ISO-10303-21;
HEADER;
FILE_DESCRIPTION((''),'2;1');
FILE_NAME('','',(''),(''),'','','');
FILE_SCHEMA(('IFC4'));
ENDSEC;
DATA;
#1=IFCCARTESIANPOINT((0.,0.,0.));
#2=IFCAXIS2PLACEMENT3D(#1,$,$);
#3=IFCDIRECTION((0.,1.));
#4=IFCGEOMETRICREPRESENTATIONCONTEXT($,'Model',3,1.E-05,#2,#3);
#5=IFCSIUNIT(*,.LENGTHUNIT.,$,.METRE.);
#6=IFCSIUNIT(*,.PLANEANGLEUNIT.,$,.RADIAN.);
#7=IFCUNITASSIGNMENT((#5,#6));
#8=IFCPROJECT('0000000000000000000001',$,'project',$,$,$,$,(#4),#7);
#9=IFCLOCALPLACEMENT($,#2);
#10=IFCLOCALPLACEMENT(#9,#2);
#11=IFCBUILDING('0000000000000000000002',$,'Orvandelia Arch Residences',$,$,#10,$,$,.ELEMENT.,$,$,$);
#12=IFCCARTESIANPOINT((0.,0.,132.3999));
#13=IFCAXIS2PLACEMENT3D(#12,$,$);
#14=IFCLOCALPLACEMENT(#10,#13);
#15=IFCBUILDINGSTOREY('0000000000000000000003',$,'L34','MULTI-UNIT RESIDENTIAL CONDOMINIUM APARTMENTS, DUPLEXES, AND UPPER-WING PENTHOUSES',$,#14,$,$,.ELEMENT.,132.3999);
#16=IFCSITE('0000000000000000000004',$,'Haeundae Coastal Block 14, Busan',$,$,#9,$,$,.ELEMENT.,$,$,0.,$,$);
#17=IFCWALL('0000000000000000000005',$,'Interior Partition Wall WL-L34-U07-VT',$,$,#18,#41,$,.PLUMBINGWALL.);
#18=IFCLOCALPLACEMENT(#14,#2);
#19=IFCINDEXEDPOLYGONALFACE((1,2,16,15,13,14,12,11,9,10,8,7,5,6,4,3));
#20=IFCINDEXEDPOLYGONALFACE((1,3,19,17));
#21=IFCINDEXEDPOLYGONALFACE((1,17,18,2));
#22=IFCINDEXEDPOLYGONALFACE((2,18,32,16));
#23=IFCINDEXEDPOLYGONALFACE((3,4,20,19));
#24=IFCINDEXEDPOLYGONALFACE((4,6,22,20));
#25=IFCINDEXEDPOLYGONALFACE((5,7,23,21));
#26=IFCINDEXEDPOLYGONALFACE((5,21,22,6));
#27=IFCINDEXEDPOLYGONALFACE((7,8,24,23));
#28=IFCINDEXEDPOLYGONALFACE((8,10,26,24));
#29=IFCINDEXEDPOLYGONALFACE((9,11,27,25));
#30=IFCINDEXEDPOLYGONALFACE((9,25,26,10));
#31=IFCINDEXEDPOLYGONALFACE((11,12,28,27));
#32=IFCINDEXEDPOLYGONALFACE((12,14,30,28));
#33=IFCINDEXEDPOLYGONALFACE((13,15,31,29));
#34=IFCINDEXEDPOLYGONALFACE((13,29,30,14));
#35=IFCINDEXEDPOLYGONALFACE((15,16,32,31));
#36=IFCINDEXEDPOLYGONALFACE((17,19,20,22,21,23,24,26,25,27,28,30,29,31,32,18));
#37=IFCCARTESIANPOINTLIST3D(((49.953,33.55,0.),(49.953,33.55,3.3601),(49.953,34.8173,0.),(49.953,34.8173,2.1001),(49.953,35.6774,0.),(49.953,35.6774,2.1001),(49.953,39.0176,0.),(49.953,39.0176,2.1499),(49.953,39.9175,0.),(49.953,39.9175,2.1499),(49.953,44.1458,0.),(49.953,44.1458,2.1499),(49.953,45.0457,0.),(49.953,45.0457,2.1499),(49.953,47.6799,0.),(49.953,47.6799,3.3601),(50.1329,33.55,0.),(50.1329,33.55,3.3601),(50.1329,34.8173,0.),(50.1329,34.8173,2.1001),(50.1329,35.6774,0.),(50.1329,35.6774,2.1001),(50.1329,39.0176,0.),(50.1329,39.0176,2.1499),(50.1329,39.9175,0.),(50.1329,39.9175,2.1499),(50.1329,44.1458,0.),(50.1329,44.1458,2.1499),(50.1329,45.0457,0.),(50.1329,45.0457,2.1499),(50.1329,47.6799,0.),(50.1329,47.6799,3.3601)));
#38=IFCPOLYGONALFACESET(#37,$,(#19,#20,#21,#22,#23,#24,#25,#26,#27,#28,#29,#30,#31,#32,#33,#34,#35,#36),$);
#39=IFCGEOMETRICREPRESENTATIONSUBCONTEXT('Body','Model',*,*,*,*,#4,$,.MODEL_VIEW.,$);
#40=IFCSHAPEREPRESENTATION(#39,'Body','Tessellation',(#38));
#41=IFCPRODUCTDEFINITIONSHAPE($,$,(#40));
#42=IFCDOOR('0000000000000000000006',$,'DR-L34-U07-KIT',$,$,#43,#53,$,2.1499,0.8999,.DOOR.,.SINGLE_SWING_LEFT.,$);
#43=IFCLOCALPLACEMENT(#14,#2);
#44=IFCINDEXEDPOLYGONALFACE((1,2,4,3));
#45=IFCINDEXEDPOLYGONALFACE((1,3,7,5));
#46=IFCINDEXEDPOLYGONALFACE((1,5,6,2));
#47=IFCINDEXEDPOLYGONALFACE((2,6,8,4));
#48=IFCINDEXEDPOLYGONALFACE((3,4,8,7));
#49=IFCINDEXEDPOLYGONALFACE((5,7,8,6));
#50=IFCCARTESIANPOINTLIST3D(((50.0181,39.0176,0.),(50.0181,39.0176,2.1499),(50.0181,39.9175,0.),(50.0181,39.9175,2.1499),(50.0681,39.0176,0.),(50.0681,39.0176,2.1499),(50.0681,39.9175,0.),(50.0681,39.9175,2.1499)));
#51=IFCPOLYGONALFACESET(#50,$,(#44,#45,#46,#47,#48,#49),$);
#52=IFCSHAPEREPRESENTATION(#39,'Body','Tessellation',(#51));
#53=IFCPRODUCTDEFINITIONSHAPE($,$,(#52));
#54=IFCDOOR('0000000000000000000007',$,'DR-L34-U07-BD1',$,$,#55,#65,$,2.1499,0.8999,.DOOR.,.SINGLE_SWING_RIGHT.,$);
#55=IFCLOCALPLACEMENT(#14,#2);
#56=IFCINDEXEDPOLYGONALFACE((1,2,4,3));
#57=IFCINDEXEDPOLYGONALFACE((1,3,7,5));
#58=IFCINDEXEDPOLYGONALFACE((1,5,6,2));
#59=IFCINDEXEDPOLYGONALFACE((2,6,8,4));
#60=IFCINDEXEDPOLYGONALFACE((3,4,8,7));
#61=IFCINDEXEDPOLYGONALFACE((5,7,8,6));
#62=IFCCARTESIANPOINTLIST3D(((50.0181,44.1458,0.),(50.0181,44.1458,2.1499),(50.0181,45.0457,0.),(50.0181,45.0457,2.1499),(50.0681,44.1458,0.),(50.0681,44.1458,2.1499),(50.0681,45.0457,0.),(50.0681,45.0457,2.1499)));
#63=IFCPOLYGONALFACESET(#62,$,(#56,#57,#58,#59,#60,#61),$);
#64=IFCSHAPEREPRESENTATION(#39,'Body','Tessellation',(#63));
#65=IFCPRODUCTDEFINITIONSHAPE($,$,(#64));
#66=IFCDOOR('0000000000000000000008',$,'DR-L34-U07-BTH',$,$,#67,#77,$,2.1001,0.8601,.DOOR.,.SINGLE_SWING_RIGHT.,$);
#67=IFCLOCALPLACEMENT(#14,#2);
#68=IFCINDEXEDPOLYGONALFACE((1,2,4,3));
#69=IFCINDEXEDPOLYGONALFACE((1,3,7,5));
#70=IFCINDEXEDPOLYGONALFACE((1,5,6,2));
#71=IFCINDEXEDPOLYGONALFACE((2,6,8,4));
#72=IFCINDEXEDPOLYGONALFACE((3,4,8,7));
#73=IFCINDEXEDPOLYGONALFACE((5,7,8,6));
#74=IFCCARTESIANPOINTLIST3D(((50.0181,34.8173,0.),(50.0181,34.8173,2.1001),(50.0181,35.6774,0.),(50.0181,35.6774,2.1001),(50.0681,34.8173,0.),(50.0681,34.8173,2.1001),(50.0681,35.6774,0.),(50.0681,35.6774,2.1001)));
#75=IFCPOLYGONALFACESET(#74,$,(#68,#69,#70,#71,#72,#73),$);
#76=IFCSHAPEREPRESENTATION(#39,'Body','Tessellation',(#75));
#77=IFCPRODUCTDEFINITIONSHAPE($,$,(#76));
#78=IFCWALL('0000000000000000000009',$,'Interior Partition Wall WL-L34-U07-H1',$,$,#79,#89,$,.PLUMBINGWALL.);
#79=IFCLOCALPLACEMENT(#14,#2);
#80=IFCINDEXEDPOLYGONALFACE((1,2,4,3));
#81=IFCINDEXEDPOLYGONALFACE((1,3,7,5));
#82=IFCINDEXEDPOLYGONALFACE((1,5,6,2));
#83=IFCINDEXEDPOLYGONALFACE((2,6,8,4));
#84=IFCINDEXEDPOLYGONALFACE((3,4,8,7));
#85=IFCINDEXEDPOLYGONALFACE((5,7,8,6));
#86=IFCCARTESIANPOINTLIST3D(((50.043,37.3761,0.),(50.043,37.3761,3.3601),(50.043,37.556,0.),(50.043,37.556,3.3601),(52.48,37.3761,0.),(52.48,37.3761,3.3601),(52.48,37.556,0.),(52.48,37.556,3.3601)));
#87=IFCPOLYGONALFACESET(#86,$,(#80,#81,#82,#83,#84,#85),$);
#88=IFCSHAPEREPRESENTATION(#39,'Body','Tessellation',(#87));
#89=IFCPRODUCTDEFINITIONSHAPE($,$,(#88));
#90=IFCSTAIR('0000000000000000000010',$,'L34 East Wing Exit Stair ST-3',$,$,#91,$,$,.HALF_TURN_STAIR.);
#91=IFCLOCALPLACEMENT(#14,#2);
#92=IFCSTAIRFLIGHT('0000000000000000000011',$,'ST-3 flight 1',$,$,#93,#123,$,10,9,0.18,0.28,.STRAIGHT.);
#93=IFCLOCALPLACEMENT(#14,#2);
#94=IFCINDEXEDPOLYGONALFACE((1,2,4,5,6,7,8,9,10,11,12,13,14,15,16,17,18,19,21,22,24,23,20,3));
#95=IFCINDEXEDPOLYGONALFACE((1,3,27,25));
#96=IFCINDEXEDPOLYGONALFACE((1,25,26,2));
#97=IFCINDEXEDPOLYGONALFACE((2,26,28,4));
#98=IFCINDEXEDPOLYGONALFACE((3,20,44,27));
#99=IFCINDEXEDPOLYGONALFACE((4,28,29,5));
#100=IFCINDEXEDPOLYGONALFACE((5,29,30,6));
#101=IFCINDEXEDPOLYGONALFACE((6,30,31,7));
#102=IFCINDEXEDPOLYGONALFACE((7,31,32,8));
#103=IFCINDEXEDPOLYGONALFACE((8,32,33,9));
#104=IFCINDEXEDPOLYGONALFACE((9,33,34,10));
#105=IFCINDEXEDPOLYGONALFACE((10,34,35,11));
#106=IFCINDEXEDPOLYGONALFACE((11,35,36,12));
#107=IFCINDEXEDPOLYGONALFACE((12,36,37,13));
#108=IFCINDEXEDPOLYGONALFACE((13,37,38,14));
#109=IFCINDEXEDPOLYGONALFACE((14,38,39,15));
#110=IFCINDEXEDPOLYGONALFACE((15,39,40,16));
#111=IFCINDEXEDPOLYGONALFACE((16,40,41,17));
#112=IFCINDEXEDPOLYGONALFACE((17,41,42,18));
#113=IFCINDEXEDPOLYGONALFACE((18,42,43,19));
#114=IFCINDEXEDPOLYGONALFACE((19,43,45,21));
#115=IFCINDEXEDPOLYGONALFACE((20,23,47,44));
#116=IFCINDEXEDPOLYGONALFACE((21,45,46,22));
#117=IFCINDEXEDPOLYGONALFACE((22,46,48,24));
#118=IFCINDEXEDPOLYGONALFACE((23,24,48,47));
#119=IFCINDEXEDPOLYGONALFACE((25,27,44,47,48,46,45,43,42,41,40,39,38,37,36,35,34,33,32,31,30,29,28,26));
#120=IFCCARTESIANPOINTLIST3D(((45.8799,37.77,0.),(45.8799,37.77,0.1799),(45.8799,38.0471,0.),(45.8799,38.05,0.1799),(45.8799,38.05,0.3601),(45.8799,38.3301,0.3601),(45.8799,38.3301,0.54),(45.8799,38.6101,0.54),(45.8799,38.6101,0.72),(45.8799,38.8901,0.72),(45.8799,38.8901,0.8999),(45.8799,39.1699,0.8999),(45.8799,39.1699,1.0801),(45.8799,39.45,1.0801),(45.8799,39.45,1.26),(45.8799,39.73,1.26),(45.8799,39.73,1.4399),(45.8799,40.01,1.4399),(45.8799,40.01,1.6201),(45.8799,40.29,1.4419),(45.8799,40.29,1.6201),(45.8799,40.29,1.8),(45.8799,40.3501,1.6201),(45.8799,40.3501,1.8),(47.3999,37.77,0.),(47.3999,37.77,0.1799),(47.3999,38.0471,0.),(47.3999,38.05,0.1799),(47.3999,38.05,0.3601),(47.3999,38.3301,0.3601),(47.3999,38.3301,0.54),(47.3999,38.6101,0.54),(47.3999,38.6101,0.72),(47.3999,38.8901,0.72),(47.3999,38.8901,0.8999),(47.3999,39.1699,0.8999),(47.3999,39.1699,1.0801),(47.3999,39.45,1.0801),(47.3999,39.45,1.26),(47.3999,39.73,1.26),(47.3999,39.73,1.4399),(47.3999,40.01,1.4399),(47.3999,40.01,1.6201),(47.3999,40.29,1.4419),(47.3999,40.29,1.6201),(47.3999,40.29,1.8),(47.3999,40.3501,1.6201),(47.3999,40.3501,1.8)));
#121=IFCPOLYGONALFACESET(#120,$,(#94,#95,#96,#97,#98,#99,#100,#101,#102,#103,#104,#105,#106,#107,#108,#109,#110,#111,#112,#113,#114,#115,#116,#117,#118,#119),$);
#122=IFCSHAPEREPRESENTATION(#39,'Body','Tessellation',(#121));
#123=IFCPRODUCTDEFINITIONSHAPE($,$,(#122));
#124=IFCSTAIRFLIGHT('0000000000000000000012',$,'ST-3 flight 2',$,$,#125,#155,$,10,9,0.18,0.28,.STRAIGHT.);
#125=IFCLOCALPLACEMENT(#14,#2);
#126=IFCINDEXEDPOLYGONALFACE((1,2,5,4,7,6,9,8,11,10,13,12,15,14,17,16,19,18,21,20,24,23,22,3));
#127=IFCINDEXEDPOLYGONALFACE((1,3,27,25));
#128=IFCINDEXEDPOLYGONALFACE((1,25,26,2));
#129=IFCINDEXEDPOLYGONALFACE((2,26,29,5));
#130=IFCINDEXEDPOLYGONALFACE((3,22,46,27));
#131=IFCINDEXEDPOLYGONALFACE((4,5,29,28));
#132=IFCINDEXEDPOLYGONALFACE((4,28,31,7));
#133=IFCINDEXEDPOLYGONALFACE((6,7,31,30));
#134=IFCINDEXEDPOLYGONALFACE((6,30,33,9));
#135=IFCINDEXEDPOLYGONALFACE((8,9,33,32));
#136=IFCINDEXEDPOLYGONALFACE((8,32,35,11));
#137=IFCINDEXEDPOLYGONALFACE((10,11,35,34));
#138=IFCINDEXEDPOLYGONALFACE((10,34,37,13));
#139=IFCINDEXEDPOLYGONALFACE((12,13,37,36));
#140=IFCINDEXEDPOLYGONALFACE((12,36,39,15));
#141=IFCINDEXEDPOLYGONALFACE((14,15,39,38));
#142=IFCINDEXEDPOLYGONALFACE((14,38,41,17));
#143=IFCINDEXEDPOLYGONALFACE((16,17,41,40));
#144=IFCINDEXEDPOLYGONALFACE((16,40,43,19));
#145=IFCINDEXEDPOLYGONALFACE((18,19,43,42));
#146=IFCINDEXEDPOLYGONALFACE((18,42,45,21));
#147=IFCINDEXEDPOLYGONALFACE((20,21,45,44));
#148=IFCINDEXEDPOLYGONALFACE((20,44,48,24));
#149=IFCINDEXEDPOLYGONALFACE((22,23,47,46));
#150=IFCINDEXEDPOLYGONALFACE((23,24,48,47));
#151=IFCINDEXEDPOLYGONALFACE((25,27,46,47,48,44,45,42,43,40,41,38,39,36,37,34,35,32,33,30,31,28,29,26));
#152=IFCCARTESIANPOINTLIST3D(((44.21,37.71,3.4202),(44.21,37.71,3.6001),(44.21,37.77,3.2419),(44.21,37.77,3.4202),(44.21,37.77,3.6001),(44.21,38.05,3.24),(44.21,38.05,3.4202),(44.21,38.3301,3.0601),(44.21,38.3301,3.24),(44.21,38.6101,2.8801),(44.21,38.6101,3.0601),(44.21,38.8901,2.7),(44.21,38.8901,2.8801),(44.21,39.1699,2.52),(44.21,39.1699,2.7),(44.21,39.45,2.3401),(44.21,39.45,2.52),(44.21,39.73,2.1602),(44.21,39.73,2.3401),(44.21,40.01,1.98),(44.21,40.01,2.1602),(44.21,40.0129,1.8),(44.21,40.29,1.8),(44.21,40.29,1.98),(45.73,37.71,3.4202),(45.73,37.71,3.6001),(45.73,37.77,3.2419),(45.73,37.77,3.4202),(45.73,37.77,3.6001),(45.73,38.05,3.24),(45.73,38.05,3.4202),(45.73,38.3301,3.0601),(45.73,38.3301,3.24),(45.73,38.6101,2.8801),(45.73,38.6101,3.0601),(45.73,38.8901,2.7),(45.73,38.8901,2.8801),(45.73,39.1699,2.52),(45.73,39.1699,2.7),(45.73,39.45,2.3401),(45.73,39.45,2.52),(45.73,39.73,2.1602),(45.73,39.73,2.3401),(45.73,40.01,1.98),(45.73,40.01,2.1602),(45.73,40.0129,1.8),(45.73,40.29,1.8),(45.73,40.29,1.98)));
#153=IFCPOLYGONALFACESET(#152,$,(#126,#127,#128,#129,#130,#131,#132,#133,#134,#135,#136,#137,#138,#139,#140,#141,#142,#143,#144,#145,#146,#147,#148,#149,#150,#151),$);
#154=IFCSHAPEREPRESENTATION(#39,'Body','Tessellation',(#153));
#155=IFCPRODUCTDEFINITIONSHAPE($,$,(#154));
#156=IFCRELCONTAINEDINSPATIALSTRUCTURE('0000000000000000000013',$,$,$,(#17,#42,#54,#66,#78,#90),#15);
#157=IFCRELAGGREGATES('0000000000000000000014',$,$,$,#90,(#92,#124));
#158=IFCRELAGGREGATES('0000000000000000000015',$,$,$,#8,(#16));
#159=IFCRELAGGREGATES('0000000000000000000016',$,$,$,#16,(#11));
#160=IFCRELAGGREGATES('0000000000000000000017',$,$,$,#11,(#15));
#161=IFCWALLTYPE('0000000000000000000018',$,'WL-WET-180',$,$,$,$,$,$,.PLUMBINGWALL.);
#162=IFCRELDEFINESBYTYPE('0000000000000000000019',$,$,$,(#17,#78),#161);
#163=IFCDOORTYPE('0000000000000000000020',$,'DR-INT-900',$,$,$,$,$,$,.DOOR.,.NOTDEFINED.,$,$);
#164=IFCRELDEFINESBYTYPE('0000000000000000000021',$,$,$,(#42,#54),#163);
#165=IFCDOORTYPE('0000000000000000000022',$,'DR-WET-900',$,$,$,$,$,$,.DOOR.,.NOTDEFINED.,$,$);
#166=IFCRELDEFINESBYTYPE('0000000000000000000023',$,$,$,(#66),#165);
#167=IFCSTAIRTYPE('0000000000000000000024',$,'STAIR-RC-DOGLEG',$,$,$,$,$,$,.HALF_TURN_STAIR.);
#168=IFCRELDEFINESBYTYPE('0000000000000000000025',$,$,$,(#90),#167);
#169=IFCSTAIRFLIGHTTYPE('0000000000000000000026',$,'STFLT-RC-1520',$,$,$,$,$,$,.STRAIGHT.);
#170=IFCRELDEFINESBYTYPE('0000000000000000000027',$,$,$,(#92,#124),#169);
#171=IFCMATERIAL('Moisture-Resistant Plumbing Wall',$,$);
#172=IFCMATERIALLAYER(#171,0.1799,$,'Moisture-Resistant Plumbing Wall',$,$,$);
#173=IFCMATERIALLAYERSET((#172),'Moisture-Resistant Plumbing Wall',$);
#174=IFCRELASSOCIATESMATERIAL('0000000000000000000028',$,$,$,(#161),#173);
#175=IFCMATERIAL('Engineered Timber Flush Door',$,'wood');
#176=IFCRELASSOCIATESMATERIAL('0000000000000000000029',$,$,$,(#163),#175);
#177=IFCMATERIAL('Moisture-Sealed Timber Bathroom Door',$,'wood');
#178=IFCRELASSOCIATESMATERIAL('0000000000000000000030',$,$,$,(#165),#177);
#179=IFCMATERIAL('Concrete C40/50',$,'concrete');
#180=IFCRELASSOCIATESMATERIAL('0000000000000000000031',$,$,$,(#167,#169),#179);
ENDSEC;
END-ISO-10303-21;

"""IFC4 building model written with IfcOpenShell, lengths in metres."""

from ifc_helpers import new_model, si_unit, direction, frame, frame_2d, origin, place, context, subcontext, project, spatial, polyline, rectangle, outline, extrude, material, layer, layer_set, type_object, element, fill, aggregate, save


model = new_model("IFC4")

# Units and contexts
model_context = context("Model", 3, precision=1e-05, world=origin(), true_north=direction((0.0, 1.0)))
body_context = subcontext(model_context, "Body", "Model", "MODEL_VIEW")
ifc_project = project(units=[si_unit("LENGTHUNIT", "METRE"), si_unit("PLANEANGLEUNIT", "RADIAN")], contexts=[model_context])

# Site, building, storey
site_placement = place(None, origin())
site = spatial("IfcSite", under=ifc_project, at=site_placement, Name="Haeundae Coastal Block 14, Busan", CompositionType="ELEMENT", RefElevation=0.0)
building_placement = place(site_placement, origin())
building = spatial("IfcBuilding", under=site, at=building_placement, Name="Orvandelia Arch Residences", CompositionType="ELEMENT")
storey_placement = place(building_placement, frame((0.0, 0.0, 132.3999)))
storey = spatial("IfcBuildingStorey", under=building, at=storey_placement, Name="L34", Description="MULTI-UNIT RESIDENTIAL CONDOMINIUM APARTMENTS, DUPLEXES, AND UPPER-WING PENTHOUSES", CompositionType="ELEMENT", Elevation=132.3999)

# Wall, openings, doors
ifc_material_1 = material(Name="Moisture-Resistant Plumbing Wall")
ifc_layer_1 = layer(ifc_material_1, 0.1799, Name="Moisture-Resistant Plumbing Wall")
ifc_layer_set_1 = layer_set([ifc_layer_1], Name="Moisture-Resistant Plumbing Wall")
wall_type_1 = type_object("IfcWallType", Name="WL-WET-180", PredefinedType="PLUMBINGWALL", material=ifc_layer_set_1)
wall_1_placement = place(storey_placement, frame((50.043, 33.55, 0.0), z_axis=(0.0, 0.0, 1.0), x_axis=(0.0, 1.0, 0.0)))
wall_1 = element("IfcWall", 1, at=wall_1_placement, inside=storey, type_object=wall_type_1, Name="Interior Partition Wall WL-L34-U07-VT", PredefinedType="PLUMBINGWALL", context=body_context, shape_type="SweptSolid", body=[
    extrude(rectangle(XDim=14.1299, YDim=0.1799, at=frame_2d((7.0649, 0.0))), origin(), (0.0, 0.0, 1.0), 3.3601),
])
opening_1_placement = place(wall_1_placement, frame((1.2671, 0.0, 0.0)))
opening_1 = element("IfcOpeningElement", 2, at=opening_1_placement, cuts=wall_1, PredefinedType="OPENING", context=body_context, shape_type="SweptSolid", body=[
    extrude(rectangle(XDim=0.8601, YDim=2.1001, at=frame_2d((0.4302, 1.05))), frame((0.0, 0.1001, 0.0), z_axis=(0.0, -1.0, 0.0), x_axis=(1.0, 0.0, 0.0)), (0.0, 0.0, 1.0), 0.2),
])
opening_2_placement = place(wall_1_placement, frame((5.4675, 0.0, 0.0)))
opening_2 = element("IfcOpeningElement", 3, at=opening_2_placement, cuts=wall_1, PredefinedType="OPENING", context=body_context, shape_type="SweptSolid", body=[
    extrude(rectangle(XDim=0.8999, YDim=2.1499, at=frame_2d((0.45, 1.075))), frame((0.0, 0.1001, 0.0), z_axis=(0.0, -1.0, 0.0), x_axis=(1.0, 0.0, 0.0)), (0.0, 0.0, 1.0), 0.2),
])
opening_3_placement = place(wall_1_placement, frame((10.5957, 0.0, 0.0)))
opening_3 = element("IfcOpeningElement", 4, at=opening_3_placement, cuts=wall_1, PredefinedType="OPENING", context=body_context, shape_type="SweptSolid", body=[
    extrude(rectangle(XDim=0.8999, YDim=2.1499, at=frame_2d((0.45, 1.075))), frame((0.0, 0.1001, 0.0), z_axis=(0.0, -1.0, 0.0), x_axis=(1.0, 0.0, 0.0)), (0.0, 0.0, 1.0), 0.2),
])
ifc_material_2 = material(Name="Engineered Timber Flush Door", Category="wood")
door_type_1 = type_object("IfcDoorType", Name="DR-INT-900", OperationType="NOTDEFINED", PredefinedType="DOOR", material=ifc_material_2)
door_1_placement = place(opening_2_placement, origin())
door_1 = element("IfcDoor", 5, at=door_1_placement, inside=storey, type_object=door_type_1, Name="DR-L34-U07-KIT", OperationType="SINGLE_SWING_LEFT", OverallHeight=2.1499, OverallWidth=0.8999, PredefinedType="DOOR", context=body_context, shape_type="SweptSolid", body=[
    extrude(rectangle(XDim=0.8999, YDim=2.1499, at=frame_2d((0.45, 1.075))), frame((0.0, 0.0249, 0.0), z_axis=(0.0, -1.0, 0.0), x_axis=(1.0, 0.0, 0.0)), (0.0, 0.0, 1.0), 0.05),
])
fill(opening_2, door_1)
door_2_placement = place(opening_3_placement, origin())
door_2 = element("IfcDoor", 6, at=door_2_placement, inside=storey, type_object=door_type_1, Name="DR-L34-U07-BD1", OperationType="SINGLE_SWING_RIGHT", OverallHeight=2.1499, OverallWidth=0.8999, PredefinedType="DOOR", context=body_context, shape_type="SweptSolid", body=[
    extrude(rectangle(XDim=0.8999, YDim=2.1499, at=frame_2d((0.45, 1.075))), frame((0.0, 0.0249, 0.0), z_axis=(0.0, -1.0, 0.0), x_axis=(1.0, 0.0, 0.0)), (0.0, 0.0, 1.0), 0.05),
])
fill(opening_3, door_2)
ifc_material_3 = material(Name="Moisture-Sealed Timber Bathroom Door", Category="wood")
door_type_2 = type_object("IfcDoorType", Name="DR-WET-900", OperationType="NOTDEFINED", PredefinedType="DOOR", material=ifc_material_3)
door_3_placement = place(opening_1_placement, origin())
door_3 = element("IfcDoor", 7, at=door_3_placement, inside=storey, type_object=door_type_2, Name="DR-L34-U07-BTH", OperationType="SINGLE_SWING_RIGHT", OverallHeight=2.1001, OverallWidth=0.8601, PredefinedType="DOOR", context=body_context, shape_type="SweptSolid", body=[
    extrude(rectangle(XDim=0.8601, YDim=2.1001, at=frame_2d((0.4302, 1.05))), frame((0.0, 0.0249, 0.0), z_axis=(0.0, -1.0, 0.0), x_axis=(1.0, 0.0, 0.0)), (0.0, 0.0, 1.0), 0.05),
])
fill(opening_1, door_3)

# Wall
wall_2_placement = place(storey_placement, frame((50.043, 37.4661, 0.0), z_axis=(0.0, 0.0, 1.0), x_axis=(1.0, 0.0, 0.0)))
element("IfcWall", 8, at=wall_2_placement, inside=storey, type_object=wall_type_1, Name="Interior Partition Wall WL-L34-U07-H1", PredefinedType="PLUMBINGWALL", context=body_context, shape_type="SweptSolid", body=[
    extrude(rectangle(XDim=2.437, YDim=0.1799, at=frame_2d((1.2185, 0.0))), origin(), (0.0, 0.0, 1.0), 3.3601),
])

# Stair, stair flights
ifc_material_4 = material(Name="Concrete C40/50", Category="concrete")
stair_type = type_object("IfcStairType", Name="STAIR-RC-DOGLEG", PredefinedType="HALF_TURN_STAIR", material=ifc_material_4)
stair_placement = place(storey_placement, origin())
stair = element("IfcStair", 9, at=stair_placement, inside=storey, type_object=stair_type, Name="L34 East Wing Exit Stair ST-3", PredefinedType="HALF_TURN_STAIR")
stair_flight_type = type_object("IfcStairFlightType", Name="STFLT-RC-1520", PredefinedType="STRAIGHT", material=ifc_material_4)
stair_flight_1_placement = place(storey_placement, frame((46.6399, 37.77, 0.0), z_axis=(0.0, 0.0, 1.0), x_axis=(0.0, 1.0, 0.0)))
stair_flight_1 = element("IfcStairFlight", 10, at=stair_flight_1_placement, type_object=stair_flight_type, Name="ST-3 flight 1", NumberOfRisers=10, NumberOfTreads=9, PredefinedType="STRAIGHT", RiserHeight=0.18, TreadLength=0.28, context=body_context, shape_type="SweptSolid", body=[
    extrude(outline(polyline([(0.0, 0.0), (0.0, 0.1799), (0.28, 0.1799), (0.28, 0.3601), (0.5601, 0.3601), (0.5601, 0.54), (0.8401, 0.54), (0.8401, 0.72), (1.1201, 0.72), (1.1201, 0.8999), (1.3999, 0.8999), (1.3999, 1.0801), (1.6799, 1.0801), (1.6799, 1.26), (1.96, 1.26), (1.96, 1.4399), (2.24, 1.4399), (2.24, 1.6201), (2.52, 1.6201), (2.52, 1.8), (2.5801, 1.8), (2.5801, 1.6201), (2.52, 1.4419), (0.2771, 0.0), (0.0, 0.0)])), frame((0.0, 0.76, 0.0), z_axis=(0.0, -1.0, 0.0), x_axis=(1.0, 0.0, 0.0)), (0.0, 0.0, 1.0), 1.52),
])
stair_flight_2_placement = place(storey_placement, frame((44.97, 40.29, 1.8), z_axis=(0.0, 0.0, 1.0), x_axis=(0.0, -1.0, 0.0)))
stair_flight_2 = element("IfcStairFlight", 11, at=stair_flight_2_placement, type_object=stair_flight_type, Name="ST-3 flight 2", NumberOfRisers=10, NumberOfTreads=9, PredefinedType="STRAIGHT", RiserHeight=0.18, TreadLength=0.28, context=body_context, shape_type="SweptSolid", body=[
    extrude(outline(polyline([(0.0, 0.0), (0.0, 0.1799), (0.28, 0.1799), (0.28, 0.3601), (0.5601, 0.3601), (0.5601, 0.54), (0.8401, 0.54), (0.8401, 0.72), (1.1201, 0.72), (1.1201, 0.8999), (1.3999, 0.8999), (1.3999, 1.0801), (1.6799, 1.0801), (1.6799, 1.26), (1.96, 1.26), (1.96, 1.4399), (2.24, 1.4399), (2.24, 1.6201), (2.52, 1.6201), (2.52, 1.8), (2.5801, 1.8), (2.5801, 1.6201), (2.52, 1.4419), (0.2771, 0.0), (0.0, 0.0)])), frame((0.0, 0.76, 0.0), z_axis=(0.0, -1.0, 0.0), x_axis=(1.0, 0.0, 0.0)), (0.0, 0.0, 1.0), 1.52),
])
aggregate(stair, [stair_flight_1, stair_flight_2])

save(model, "model.ifc")
